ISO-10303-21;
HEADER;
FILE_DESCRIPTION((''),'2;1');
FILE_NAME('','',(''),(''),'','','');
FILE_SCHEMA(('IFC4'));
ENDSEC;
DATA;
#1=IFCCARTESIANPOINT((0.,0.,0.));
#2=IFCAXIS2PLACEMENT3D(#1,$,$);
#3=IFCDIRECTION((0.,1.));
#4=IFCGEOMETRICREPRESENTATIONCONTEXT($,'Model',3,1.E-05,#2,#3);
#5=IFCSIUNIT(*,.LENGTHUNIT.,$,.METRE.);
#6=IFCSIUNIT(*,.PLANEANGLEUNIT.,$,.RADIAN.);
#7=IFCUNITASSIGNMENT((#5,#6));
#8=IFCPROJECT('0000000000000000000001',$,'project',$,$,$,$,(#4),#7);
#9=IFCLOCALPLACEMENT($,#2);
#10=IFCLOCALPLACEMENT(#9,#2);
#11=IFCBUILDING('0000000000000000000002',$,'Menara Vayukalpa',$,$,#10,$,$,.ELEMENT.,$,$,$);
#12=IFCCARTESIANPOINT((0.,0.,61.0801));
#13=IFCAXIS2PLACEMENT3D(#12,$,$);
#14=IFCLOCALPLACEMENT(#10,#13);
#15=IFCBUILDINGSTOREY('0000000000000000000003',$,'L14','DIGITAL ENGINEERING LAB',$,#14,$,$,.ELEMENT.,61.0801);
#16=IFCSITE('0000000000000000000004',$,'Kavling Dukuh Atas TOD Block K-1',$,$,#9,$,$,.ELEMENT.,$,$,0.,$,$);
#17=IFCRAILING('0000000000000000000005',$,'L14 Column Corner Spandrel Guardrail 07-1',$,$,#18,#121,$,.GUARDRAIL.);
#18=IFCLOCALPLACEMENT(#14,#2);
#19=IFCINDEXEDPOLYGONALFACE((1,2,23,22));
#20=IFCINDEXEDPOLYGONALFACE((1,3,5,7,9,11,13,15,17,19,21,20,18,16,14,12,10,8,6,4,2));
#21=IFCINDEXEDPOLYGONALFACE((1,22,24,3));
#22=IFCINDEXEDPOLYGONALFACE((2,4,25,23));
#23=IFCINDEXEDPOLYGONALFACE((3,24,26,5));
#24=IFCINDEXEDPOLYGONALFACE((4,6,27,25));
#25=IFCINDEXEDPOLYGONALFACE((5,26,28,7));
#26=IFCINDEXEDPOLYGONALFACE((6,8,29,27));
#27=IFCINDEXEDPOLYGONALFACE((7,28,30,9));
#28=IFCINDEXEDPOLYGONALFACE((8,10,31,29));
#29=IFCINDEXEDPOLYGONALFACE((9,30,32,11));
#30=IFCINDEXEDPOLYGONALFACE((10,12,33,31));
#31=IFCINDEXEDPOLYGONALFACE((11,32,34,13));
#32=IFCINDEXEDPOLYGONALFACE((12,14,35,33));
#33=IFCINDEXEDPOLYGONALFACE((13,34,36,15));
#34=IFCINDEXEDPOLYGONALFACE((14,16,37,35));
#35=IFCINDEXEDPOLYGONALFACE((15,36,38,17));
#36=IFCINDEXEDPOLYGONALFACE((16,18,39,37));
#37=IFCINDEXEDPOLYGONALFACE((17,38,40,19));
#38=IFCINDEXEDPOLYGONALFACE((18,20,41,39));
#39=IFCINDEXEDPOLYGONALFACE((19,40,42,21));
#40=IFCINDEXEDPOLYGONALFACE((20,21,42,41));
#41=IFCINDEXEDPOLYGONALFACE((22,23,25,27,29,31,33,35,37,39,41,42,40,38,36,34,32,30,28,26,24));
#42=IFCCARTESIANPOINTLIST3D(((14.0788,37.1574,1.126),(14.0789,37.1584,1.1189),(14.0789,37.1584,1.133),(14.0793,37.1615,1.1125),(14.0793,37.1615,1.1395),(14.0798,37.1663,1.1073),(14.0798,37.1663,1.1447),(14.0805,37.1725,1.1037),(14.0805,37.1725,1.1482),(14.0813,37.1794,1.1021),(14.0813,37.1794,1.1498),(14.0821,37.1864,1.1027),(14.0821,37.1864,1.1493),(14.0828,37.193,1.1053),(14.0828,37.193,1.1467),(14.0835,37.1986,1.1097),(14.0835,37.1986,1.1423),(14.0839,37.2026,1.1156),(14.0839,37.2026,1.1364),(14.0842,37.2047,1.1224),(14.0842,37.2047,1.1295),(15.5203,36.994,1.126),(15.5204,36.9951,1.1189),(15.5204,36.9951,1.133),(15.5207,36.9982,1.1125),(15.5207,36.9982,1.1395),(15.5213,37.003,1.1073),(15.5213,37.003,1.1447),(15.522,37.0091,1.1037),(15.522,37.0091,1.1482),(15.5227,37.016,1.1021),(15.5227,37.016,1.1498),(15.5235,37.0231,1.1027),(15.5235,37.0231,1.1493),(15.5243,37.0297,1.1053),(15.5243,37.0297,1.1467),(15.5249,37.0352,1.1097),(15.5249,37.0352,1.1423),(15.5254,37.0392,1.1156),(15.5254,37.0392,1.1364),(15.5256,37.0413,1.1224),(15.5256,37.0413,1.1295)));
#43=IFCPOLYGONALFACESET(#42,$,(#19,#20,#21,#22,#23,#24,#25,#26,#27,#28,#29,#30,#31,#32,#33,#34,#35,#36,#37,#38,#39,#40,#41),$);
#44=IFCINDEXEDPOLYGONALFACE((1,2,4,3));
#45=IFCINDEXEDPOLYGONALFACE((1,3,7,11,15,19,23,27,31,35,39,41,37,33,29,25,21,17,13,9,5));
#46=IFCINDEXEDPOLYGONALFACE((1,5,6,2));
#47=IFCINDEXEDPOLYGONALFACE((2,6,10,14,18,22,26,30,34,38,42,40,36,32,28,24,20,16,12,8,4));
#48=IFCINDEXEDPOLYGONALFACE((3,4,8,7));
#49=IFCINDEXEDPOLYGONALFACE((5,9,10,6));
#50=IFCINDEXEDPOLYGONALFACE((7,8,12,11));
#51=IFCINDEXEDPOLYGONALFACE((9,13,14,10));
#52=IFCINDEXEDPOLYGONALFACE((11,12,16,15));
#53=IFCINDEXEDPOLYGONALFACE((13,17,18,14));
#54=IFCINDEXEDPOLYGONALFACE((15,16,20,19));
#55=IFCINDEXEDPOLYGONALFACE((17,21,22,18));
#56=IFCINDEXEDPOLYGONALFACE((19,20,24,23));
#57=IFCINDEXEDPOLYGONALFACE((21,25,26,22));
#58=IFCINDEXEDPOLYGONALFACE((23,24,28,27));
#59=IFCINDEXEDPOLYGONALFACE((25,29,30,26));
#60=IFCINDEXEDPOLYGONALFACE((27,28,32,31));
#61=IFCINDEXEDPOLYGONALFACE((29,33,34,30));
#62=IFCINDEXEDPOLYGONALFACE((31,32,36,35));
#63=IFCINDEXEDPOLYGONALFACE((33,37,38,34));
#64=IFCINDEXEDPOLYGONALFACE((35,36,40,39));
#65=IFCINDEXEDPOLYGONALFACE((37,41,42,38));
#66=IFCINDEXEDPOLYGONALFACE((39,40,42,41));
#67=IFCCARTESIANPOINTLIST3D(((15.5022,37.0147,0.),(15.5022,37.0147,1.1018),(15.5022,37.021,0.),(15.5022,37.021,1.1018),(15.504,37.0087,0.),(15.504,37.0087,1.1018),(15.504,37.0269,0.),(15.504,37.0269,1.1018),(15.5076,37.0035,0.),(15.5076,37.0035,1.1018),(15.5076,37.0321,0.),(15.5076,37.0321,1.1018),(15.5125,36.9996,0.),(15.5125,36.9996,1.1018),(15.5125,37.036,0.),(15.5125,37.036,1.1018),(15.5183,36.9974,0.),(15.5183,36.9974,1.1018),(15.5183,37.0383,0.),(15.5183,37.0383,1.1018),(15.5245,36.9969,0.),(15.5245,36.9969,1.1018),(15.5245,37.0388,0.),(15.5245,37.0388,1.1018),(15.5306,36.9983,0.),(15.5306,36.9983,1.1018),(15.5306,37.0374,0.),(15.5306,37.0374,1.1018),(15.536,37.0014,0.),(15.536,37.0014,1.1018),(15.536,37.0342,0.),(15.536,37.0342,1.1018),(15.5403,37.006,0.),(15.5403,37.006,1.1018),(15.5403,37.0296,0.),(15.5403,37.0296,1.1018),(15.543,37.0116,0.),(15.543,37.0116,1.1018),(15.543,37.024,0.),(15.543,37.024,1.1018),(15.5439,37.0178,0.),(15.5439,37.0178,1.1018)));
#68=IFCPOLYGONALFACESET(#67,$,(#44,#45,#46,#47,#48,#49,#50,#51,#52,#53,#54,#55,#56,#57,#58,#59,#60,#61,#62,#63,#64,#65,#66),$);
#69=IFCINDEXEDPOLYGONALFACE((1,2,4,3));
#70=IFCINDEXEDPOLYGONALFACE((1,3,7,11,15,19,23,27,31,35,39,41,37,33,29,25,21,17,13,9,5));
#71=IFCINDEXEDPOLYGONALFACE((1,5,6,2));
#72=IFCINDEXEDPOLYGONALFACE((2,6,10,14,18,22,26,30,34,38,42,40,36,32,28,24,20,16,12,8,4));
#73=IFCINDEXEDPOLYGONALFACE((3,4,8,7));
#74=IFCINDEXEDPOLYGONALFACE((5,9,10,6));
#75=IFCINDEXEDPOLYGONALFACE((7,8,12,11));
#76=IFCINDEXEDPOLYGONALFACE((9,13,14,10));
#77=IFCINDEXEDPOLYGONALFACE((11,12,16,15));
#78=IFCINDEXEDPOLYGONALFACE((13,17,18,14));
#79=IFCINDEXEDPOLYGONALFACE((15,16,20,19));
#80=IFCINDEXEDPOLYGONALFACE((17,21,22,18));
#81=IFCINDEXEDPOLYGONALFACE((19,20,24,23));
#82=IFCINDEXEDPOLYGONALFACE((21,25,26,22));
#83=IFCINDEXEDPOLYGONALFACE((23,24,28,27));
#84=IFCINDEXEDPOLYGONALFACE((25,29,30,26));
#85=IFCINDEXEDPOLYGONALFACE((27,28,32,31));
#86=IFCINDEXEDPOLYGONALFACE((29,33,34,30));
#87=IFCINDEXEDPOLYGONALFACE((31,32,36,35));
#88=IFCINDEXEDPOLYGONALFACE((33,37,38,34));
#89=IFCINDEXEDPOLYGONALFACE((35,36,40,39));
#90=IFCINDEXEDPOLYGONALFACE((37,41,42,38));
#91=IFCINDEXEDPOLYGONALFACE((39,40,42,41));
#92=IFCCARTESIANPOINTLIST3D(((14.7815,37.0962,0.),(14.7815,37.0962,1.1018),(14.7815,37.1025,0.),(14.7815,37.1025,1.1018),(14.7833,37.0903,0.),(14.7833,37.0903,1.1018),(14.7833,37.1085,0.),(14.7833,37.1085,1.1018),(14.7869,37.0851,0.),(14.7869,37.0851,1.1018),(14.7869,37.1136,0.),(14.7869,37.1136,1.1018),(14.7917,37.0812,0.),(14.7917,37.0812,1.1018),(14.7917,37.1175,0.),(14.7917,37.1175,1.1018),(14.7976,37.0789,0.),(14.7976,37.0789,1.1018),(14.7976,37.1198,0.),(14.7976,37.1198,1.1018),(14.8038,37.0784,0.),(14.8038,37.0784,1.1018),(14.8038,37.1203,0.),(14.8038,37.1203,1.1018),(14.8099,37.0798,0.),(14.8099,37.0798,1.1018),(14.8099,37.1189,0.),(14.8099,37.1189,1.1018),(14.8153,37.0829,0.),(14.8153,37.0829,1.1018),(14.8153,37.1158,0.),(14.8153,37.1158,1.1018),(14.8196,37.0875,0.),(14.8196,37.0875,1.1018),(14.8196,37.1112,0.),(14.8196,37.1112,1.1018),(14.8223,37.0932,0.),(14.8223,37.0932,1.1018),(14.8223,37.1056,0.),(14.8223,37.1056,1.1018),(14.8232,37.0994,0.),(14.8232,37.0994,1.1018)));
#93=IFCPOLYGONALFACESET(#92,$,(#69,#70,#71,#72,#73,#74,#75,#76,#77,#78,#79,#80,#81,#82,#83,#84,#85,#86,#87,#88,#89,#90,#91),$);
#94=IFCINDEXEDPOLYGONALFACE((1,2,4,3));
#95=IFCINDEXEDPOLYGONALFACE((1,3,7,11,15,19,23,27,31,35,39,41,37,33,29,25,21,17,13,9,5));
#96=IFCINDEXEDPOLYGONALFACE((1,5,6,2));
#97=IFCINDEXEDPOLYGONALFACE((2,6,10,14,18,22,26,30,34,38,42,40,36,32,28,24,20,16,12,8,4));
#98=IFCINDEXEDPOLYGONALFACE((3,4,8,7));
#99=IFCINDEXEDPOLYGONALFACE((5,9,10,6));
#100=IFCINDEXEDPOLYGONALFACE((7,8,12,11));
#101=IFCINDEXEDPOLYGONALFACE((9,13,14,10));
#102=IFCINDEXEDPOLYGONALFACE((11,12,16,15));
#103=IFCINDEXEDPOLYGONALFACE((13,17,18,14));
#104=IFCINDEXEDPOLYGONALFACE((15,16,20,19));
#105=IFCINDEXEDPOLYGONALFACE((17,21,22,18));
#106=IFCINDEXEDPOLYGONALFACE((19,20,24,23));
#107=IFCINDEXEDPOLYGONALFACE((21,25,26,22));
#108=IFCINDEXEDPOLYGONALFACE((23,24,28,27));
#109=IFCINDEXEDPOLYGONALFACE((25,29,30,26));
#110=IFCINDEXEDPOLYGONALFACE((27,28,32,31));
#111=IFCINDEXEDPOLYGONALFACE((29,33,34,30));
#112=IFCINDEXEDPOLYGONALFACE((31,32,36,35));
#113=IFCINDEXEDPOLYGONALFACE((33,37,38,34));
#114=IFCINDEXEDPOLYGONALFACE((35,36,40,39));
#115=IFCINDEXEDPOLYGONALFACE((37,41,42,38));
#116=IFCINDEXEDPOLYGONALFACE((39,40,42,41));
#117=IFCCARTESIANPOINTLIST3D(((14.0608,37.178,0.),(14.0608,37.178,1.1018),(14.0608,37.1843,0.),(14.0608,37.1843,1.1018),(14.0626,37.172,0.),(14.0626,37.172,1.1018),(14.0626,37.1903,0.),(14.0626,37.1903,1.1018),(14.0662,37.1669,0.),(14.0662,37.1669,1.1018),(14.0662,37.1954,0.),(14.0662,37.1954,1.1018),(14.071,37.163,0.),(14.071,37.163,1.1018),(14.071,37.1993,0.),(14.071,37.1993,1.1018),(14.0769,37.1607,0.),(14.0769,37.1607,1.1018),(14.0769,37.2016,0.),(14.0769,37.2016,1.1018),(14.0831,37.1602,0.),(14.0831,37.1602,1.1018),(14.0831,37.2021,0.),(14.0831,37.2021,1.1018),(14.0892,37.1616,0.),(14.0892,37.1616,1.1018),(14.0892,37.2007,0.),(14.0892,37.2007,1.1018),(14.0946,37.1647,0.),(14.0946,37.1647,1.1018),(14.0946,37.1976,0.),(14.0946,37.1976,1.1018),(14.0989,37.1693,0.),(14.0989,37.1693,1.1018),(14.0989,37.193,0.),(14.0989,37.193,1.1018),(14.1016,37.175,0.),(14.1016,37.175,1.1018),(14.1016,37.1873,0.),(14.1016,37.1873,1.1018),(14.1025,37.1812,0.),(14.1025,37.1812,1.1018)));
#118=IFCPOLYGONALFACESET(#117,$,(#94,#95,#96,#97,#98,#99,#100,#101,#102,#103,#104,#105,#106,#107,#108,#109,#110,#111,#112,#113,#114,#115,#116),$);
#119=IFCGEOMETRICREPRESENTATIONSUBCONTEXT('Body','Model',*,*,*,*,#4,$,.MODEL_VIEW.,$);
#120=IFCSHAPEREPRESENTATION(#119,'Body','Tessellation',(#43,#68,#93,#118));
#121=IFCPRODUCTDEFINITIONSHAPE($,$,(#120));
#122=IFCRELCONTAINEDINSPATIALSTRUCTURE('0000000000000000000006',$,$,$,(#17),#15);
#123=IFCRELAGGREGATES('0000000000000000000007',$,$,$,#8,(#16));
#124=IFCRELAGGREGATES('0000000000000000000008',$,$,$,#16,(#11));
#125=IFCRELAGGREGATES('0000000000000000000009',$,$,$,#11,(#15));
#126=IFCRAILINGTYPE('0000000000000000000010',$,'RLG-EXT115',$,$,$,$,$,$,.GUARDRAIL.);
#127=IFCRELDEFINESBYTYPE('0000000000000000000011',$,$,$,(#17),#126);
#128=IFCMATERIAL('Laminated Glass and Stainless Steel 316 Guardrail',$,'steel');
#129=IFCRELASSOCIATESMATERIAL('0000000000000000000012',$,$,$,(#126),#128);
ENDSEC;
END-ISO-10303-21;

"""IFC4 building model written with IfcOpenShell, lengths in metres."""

from ifc_helpers import new_model, si_unit, direction, frame, origin, origin_2d, place, context, subcontext, project, spatial, circle, extrude, material, type_object, element, save


model = new_model("IFC4")

# Units and contexts
model_context = context("Model", 3, precision=1e-05, world=origin(), true_north=direction((0.0, 1.0)))
body_context = subcontext(model_context, "Body", "Model", "MODEL_VIEW")
ifc_project = project(units=[si_unit("LENGTHUNIT", "METRE"), si_unit("PLANEANGLEUNIT", "RADIAN")], contexts=[model_context])

# Site, building, storey
site_placement = place(None, origin())
site = spatial("IfcSite", under=ifc_project, at=site_placement, Name="Kavling Dukuh Atas TOD Block K-1", CompositionType="ELEMENT", RefElevation=0.0)
building_placement = place(site_placement, origin())
building = spatial("IfcBuilding", under=site, at=building_placement, Name="Menara Vayukalpa", CompositionType="ELEMENT")
storey_placement = place(building_placement, frame((0.0, 0.0, 61.0801)))
storey = spatial("IfcBuildingStorey", under=building, at=storey_placement, Name="L14", Description="DIGITAL ENGINEERING LAB", CompositionType="ELEMENT", Elevation=61.0801)

# Railing
ifc_material_1 = material(Name="Laminated Glass and Stainless Steel 316 Guardrail", Category="steel")
railing_type = type_object("IfcRailingType", Name="RLG-EXT115", PredefinedType="GUARDRAIL", material=ifc_material_1)
railing_1_placement = place(storey_placement, frame((15.5229, 37.0178, 0.0)))
element("IfcRailing", 1, at=railing_1_placement, inside=storey, type_object=railing_type, Name="L14 Column Corner Spandrel Guardrail 07-1", PredefinedType="GUARDRAIL", context=body_context, shape_type="SweptSolid", body=[
    extrude(circle(Radius=0.0239, at=origin_2d()), frame((0.0, 0.0, 1.126), z_axis=(-0.993641, 0.112592, 0.0), x_axis=(-0.112592, -0.993641, 0.0)), (0.0, 0.0, 1.0), 1.4507),
    extrude(circle(Radius=0.021, at=origin_2d()), origin(), (0.0, 0.0, 1.0), 1.1018),
    extrude(circle(Radius=0.021, at=origin_2d()), frame((-0.7207, 0.0815, 0.0)), (0.0, 0.0, 1.0), 1.1018),
    extrude(circle(Radius=0.021, at=origin_2d()), frame((-1.4414, 0.1633, 0.0)), (0.0, 0.0, 1.0), 1.1018),
])

save(model, "model.ifc")
